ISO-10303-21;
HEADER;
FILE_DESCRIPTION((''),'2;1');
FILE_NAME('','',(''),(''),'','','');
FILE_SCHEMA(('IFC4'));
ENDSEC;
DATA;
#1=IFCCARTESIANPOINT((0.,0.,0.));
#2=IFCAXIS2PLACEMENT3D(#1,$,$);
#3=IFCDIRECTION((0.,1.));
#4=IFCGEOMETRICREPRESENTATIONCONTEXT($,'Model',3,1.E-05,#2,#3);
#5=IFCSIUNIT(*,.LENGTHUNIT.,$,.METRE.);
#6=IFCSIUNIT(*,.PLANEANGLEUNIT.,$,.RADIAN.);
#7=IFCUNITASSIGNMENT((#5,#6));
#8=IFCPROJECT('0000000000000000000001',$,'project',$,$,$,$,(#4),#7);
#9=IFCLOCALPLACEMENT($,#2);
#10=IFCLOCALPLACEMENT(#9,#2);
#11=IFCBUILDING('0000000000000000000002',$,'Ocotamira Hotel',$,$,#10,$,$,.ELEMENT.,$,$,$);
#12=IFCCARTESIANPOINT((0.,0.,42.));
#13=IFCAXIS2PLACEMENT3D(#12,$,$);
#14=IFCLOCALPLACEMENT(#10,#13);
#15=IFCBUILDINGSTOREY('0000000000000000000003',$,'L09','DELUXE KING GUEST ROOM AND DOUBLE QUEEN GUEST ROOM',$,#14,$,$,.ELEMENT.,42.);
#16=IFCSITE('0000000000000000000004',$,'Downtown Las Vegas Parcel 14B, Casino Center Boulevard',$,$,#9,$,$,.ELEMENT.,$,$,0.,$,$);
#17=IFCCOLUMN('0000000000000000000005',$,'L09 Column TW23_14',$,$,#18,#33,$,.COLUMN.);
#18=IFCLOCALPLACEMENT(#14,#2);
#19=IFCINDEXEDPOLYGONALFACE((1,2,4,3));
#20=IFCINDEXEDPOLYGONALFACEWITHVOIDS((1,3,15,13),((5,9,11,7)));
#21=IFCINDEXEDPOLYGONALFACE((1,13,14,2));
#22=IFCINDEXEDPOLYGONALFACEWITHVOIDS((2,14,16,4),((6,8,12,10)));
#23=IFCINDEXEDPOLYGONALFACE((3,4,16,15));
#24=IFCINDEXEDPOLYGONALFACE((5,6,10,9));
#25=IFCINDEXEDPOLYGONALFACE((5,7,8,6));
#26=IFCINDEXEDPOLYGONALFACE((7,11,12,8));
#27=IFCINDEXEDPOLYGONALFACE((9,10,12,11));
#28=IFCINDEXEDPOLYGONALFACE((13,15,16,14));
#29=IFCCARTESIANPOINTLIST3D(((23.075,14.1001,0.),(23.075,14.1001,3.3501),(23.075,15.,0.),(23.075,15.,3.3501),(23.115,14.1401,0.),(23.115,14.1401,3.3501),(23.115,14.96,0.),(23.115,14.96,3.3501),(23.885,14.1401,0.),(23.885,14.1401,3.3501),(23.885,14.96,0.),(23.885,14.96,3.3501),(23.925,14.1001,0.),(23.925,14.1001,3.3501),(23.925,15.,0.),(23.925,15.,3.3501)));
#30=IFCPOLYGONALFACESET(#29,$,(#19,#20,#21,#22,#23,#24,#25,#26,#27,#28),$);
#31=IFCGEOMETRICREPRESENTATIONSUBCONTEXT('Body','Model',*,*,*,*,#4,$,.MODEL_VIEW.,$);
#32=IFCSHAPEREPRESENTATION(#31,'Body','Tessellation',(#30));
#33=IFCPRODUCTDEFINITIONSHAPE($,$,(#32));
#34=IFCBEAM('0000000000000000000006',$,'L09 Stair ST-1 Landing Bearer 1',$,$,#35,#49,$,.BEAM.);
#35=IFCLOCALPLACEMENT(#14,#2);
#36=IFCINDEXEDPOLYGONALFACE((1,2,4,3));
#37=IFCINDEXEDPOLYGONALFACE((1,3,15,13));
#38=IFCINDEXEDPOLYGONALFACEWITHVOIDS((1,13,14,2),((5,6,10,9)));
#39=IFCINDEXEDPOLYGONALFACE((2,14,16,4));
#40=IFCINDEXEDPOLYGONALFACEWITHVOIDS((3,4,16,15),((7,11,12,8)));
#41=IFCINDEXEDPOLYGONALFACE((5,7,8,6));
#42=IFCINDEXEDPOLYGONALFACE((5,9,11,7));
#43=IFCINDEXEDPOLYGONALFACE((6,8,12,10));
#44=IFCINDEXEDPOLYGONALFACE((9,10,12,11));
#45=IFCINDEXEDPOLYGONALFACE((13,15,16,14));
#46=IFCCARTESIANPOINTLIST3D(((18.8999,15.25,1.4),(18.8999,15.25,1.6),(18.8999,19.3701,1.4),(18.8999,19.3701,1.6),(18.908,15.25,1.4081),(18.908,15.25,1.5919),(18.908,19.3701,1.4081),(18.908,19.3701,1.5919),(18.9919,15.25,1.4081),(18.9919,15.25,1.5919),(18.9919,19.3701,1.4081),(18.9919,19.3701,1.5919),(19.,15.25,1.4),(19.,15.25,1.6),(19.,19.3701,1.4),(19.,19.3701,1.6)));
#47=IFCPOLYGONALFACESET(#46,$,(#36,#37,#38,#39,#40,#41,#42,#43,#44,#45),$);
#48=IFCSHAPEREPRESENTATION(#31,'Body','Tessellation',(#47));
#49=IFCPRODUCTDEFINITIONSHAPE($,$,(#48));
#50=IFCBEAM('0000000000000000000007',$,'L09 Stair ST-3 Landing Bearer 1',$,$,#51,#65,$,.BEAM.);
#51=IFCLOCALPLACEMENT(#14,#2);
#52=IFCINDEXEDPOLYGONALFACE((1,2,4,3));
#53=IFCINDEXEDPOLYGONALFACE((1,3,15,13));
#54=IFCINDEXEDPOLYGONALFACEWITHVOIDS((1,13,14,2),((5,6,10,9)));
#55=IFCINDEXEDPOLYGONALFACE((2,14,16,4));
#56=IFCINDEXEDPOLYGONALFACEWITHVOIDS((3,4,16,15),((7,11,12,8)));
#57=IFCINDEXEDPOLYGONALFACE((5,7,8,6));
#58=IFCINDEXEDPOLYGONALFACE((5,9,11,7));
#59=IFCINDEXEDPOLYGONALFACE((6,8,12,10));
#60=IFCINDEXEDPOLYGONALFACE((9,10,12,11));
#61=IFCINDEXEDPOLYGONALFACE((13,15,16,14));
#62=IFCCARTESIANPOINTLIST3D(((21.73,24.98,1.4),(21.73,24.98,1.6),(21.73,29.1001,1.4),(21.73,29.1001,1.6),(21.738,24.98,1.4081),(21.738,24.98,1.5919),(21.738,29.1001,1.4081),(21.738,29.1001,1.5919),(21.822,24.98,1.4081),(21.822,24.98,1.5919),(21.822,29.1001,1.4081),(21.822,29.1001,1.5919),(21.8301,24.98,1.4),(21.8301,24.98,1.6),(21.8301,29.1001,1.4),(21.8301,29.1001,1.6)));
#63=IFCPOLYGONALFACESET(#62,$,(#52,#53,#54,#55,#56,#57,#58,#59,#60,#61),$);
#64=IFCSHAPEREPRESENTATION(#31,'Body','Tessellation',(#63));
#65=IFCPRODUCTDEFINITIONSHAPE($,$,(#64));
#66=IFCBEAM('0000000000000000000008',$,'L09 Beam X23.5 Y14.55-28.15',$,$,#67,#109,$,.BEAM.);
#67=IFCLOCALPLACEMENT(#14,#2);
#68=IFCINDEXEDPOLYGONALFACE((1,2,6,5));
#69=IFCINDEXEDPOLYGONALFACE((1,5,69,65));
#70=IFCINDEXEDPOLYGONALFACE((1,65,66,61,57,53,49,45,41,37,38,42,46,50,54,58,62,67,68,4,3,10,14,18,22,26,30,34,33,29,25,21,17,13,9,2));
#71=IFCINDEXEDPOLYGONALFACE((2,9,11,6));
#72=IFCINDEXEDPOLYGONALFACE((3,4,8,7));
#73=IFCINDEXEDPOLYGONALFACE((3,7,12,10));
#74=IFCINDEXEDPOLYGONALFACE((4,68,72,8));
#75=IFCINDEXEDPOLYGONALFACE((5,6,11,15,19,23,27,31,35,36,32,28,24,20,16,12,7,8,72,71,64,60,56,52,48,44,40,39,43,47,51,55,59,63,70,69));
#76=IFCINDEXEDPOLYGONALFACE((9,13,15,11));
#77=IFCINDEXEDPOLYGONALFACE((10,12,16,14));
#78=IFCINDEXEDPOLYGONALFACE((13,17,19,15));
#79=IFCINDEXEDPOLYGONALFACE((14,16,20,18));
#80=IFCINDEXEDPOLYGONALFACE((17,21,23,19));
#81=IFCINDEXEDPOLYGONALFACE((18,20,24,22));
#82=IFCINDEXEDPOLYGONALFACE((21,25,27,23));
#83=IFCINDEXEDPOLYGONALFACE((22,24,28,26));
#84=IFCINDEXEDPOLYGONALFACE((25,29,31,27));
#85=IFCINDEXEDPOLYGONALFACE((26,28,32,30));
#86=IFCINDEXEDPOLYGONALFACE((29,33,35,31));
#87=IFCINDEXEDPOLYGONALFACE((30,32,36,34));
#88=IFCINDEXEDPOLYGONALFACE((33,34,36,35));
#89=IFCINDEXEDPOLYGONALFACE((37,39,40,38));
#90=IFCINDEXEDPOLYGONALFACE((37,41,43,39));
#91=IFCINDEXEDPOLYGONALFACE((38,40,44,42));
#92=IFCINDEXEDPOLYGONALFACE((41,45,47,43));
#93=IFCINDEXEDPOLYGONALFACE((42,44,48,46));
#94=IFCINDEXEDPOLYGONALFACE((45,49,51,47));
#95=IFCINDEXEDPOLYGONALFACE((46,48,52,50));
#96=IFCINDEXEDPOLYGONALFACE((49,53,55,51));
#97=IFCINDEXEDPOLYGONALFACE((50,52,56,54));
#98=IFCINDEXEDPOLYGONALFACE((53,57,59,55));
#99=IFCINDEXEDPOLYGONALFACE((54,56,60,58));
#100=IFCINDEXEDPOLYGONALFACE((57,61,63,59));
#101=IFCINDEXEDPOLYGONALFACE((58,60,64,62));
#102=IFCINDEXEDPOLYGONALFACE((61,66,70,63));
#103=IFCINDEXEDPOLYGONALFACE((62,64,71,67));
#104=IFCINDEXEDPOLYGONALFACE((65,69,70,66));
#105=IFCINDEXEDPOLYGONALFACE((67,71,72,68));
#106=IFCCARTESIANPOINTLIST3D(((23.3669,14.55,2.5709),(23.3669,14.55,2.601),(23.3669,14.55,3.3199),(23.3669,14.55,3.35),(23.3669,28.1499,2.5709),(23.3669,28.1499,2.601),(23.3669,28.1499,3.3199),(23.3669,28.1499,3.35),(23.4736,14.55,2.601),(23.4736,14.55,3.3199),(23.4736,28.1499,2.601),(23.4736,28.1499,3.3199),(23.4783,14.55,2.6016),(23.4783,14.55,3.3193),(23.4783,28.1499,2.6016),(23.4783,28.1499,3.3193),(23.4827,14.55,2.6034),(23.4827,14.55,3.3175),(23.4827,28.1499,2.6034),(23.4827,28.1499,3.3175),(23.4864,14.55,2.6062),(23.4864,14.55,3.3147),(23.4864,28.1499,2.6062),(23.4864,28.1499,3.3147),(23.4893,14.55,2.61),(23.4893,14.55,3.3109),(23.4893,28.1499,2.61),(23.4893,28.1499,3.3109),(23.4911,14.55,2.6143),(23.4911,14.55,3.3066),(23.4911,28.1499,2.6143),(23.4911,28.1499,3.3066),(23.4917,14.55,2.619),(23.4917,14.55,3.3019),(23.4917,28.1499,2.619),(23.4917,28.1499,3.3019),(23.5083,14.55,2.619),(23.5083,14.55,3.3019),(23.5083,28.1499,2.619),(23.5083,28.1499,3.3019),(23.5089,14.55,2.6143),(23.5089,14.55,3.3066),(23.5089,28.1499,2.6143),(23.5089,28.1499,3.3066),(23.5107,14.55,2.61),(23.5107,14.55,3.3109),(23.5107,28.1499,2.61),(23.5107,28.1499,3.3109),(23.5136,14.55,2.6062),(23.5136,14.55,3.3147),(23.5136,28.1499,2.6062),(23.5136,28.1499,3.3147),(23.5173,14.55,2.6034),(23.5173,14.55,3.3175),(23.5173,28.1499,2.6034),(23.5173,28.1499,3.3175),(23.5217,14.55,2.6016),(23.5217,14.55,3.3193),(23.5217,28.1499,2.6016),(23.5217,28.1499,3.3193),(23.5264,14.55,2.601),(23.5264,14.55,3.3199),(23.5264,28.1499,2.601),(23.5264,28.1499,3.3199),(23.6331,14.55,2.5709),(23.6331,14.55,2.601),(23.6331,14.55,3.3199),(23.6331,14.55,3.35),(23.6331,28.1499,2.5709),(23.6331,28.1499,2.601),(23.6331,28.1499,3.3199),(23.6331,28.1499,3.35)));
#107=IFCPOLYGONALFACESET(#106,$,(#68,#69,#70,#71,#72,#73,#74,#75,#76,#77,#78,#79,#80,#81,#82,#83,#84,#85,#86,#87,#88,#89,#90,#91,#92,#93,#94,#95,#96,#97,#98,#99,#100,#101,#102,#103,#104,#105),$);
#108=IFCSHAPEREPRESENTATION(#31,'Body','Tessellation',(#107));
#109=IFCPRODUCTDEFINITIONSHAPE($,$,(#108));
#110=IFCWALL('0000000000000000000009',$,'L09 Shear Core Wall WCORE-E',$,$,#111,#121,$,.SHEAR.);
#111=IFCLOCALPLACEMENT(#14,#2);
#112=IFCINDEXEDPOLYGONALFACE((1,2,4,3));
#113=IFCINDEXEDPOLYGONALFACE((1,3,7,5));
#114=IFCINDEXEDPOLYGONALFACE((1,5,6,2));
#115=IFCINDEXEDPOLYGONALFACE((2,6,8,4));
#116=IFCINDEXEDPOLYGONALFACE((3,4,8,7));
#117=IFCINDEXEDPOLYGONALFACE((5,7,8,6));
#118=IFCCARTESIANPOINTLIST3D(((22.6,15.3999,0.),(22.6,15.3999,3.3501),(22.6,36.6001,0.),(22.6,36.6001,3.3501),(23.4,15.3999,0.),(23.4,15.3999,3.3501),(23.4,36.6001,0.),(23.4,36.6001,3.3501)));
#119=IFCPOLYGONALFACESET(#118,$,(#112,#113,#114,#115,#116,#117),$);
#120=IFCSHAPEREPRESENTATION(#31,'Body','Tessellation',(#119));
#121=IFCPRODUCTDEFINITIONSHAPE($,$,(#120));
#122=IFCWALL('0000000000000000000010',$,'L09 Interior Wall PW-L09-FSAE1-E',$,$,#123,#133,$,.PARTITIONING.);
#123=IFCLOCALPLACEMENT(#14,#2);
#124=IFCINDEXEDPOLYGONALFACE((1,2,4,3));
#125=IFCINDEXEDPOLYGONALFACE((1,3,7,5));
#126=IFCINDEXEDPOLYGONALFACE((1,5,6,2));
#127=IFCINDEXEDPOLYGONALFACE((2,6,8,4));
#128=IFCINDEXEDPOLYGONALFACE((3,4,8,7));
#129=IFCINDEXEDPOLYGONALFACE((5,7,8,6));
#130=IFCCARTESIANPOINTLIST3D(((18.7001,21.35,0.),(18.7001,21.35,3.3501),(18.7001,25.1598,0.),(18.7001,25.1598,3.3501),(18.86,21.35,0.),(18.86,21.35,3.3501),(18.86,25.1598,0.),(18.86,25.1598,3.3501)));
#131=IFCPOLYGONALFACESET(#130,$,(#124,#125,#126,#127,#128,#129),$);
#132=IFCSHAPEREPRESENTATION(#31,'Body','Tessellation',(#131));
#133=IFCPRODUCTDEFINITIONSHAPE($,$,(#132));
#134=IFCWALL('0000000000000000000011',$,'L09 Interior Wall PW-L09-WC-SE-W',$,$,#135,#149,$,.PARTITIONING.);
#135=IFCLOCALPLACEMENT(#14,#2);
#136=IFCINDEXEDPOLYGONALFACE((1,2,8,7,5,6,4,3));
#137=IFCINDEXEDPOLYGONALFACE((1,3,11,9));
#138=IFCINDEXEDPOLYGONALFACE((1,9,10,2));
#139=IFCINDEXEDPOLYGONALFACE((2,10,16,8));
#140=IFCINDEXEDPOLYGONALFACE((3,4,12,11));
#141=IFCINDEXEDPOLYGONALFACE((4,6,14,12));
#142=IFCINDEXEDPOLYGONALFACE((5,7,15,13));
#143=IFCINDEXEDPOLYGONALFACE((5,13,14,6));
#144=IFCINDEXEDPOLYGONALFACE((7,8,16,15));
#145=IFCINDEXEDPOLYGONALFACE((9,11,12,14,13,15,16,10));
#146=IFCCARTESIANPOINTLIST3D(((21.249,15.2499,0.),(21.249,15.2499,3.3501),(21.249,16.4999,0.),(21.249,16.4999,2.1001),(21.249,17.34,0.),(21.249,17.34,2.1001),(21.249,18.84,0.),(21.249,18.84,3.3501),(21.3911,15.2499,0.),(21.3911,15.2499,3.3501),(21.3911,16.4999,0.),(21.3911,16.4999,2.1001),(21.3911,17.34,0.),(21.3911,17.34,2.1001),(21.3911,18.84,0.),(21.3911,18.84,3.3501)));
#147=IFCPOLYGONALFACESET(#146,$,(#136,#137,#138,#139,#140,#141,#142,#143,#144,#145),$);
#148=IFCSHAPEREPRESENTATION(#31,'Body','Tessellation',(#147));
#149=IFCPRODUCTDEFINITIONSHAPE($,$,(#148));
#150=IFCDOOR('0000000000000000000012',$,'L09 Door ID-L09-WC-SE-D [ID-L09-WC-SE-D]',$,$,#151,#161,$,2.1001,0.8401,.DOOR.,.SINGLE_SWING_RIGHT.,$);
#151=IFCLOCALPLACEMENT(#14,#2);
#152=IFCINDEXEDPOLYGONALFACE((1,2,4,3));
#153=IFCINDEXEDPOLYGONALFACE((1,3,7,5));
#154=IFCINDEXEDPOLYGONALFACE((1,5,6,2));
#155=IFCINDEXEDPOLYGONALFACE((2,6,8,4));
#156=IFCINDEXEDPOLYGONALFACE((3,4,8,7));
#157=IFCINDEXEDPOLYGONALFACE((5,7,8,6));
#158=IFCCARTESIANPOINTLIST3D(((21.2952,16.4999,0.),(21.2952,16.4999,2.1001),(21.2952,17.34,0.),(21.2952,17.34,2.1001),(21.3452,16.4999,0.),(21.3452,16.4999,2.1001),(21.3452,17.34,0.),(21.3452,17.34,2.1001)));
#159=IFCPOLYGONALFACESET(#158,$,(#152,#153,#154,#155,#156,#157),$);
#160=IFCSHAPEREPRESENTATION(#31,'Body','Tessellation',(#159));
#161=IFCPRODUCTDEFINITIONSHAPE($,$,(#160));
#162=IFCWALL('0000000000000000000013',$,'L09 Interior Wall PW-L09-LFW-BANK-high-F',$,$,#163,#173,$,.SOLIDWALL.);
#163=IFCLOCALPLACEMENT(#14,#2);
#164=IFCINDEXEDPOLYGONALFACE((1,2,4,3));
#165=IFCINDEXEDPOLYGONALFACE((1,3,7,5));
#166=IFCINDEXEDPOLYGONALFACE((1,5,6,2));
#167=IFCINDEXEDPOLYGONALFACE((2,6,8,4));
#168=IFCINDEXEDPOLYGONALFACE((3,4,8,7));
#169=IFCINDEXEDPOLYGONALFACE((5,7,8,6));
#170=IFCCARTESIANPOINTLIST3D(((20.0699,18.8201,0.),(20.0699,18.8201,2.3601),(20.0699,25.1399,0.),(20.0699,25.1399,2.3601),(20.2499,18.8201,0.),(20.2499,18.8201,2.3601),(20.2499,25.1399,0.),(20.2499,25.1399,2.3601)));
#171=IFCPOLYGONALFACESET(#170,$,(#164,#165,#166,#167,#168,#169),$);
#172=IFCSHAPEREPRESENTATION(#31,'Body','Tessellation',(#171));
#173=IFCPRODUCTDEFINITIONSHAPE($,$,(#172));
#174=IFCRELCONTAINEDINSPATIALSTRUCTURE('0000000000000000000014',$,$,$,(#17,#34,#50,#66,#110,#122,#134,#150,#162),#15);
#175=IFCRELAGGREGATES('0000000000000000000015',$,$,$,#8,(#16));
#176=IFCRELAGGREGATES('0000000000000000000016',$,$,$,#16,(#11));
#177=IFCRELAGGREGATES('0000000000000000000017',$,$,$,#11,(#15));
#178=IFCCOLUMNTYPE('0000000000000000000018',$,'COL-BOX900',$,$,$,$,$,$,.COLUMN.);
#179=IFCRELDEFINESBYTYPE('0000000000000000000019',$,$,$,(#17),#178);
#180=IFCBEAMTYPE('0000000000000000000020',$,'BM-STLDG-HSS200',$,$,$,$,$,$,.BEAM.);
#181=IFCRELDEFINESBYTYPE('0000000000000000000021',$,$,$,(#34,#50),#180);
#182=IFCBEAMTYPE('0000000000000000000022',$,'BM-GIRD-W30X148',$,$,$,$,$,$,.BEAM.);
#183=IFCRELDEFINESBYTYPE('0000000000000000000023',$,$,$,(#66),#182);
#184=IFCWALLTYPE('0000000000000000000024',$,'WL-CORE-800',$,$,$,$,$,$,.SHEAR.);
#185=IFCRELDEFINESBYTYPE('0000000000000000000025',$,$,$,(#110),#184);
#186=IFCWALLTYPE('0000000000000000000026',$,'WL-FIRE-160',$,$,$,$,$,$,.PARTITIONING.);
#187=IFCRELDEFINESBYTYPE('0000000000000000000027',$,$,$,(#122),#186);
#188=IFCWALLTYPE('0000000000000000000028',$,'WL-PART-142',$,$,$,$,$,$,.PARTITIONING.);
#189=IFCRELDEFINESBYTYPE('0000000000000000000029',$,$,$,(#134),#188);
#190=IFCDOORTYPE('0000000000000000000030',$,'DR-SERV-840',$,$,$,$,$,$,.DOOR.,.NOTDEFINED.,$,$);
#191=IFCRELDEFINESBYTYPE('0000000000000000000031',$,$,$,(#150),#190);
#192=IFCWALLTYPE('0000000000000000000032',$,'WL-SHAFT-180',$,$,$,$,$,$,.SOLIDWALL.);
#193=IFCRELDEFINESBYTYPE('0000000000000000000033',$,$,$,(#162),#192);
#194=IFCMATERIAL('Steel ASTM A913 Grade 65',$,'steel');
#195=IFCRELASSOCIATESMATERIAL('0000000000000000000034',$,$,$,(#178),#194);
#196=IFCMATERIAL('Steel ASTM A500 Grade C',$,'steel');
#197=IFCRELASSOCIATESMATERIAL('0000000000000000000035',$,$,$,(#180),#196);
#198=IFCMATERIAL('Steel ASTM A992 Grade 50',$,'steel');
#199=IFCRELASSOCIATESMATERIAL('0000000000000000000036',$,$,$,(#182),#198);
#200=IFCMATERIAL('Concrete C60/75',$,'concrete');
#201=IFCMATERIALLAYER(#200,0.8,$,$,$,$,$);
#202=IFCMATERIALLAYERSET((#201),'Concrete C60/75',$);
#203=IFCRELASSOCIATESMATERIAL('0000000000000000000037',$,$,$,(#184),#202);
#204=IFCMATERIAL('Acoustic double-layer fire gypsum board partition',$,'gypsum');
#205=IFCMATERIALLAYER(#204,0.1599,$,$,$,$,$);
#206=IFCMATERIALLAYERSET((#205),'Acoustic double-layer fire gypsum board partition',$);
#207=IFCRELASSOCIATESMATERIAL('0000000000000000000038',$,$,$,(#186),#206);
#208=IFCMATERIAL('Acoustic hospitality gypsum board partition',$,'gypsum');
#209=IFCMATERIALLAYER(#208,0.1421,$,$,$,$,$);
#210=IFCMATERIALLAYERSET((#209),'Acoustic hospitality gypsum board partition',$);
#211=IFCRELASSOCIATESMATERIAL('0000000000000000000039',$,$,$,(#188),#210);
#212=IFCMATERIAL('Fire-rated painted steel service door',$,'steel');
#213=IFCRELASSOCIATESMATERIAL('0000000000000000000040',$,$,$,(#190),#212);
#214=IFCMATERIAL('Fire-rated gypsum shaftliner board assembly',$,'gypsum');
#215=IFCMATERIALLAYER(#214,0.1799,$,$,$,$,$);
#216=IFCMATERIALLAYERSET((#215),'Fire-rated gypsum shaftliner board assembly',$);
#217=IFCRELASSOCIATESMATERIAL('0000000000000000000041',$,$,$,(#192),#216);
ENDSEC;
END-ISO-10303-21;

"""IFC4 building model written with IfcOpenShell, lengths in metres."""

from ifc_helpers import new_model, si_unit, direction, frame, frame_2d, origin, origin_2d, place, context, subcontext, project, spatial, rectangle, hollow_rectangle, i_section, extrude, source, transform, mapped, material, layer, layer_set, material_profile, profile_set, type_object, element, fill, save


model = new_model("IFC4")

# Units and contexts
model_context = context("Model", 3, precision=1e-05, world=origin(), true_north=direction((0.0, 1.0)))
body_context = subcontext(model_context, "Body", "Model", "MODEL_VIEW")
ifc_project = project(units=[si_unit("LENGTHUNIT", "METRE"), si_unit("PLANEANGLEUNIT", "RADIAN")], contexts=[model_context])

# Site, building, storey
site_placement = place(None, origin())
site = spatial("IfcSite", under=ifc_project, at=site_placement, Name="Downtown Las Vegas Parcel 14B, Casino Center Boulevard", CompositionType="ELEMENT", RefElevation=0.0)
building_placement = place(site_placement, origin())
building = spatial("IfcBuilding", under=site, at=building_placement, Name="Ocotamira Hotel", CompositionType="ELEMENT")
storey_placement = place(building_placement, frame((0.0, 0.0, 42.0)))
storey = spatial("IfcBuildingStorey", under=building, at=storey_placement, Name="L09", Description="DELUXE KING GUEST ROOM AND DOUBLE QUEEN GUEST ROOM", CompositionType="ELEMENT", Elevation=42.0)

# Column
ifc_material_1 = material(Name="Steel ASTM A913 Grade 65", Category="steel")
ifc_material_profile_1 = material_profile(ifc_material_1, hollow_rectangle(XDim=0.8501, YDim=0.8999, WallThickness=0.04, at=origin_2d()), Name="BOX900X850X40")
ifc_profile_set_1 = profile_set([ifc_material_profile_1], Name="Steel ASTM A913 Grade 65")
column_type = type_object("IfcColumnType", Name="COL-BOX900", PredefinedType="COLUMN", material=ifc_profile_set_1)
shared_shape_1 = source(origin(), body_context, "Body", "SweptSolid", [
    extrude(hollow_rectangle(XDim=0.8501, YDim=0.8999, WallThickness=0.04, at=origin_2d()), origin(), (0.0, 0.0, 1.0), 3.3501),
])
column_placement = place(storey_placement, frame((23.5, 14.55, 0.0), z_axis=(0.0, 0.0, 1.0), x_axis=(1.0, 0.0, 0.0)))
element("IfcColumn", 1, at=column_placement, inside=storey, type_object=column_type, Name="L09 Column TW23_14", PredefinedType="COLUMN", context=body_context, shape_type="MappedRepresentation", body=[
    mapped(shared_shape_1, transform((0.0, 0.0, 0.0), scale=1.0)),
])

# Beams
ifc_material_2 = material(Name="Steel ASTM A500 Grade C", Category="steel")
ifc_material_profile_2 = material_profile(ifc_material_2, hollow_rectangle(XDim=0.1001, YDim=0.2, WallThickness=0.0081, at=origin_2d()), Name="HSS200X100X8")
ifc_profile_set_2 = profile_set([ifc_material_profile_2], Name="Steel ASTM A500 Grade C")
beam_type_1 = type_object("IfcBeamType", Name="BM-STLDG-HSS200", PredefinedType="BEAM", material=ifc_profile_set_2)
shared_shape_2 = source(origin(), body_context, "Body", "SweptSolid", [
    extrude(hollow_rectangle(XDim=0.1001, YDim=0.2, WallThickness=0.0081, at=origin_2d()), origin(), (0.0, 0.0, 1.0), 4.1201),
])
for number, where, z_axis, x_axis, name in (
    (2, (18.95, 15.25, 1.5), (0.0, 1.0, 0.0), (-1.0, 0.0, 0.0), "L09 Stair ST-1 Landing Bearer 1"),
    (3, (21.78, 24.98, 1.5), (0.0, 1.0, 0.0), (-1.0, 0.0, 0.0), "L09 Stair ST-3 Landing Bearer 1"),
):
    element("IfcBeam", number, at=place(storey_placement, frame(where, z_axis=z_axis, x_axis=x_axis)), inside=storey, type_object=beam_type_1, Name=name, PredefinedType="BEAM", context=body_context, shape_type="MappedRepresentation", body=[
        mapped(shared_shape_2, transform((0.0, 0.0, 0.0), scale=1.0)),
    ])
ifc_material_3 = material(Name="Steel ASTM A992 Grade 50", Category="steel")
ifc_material_profile_3 = material_profile(ifc_material_3, i_section(OverallWidth=0.2661, OverallDepth=0.7791, WebThickness=0.0166, FlangeThickness=0.03, FilletRadius=0.0181, at=origin_2d()), Name="W30X148")
ifc_profile_set_3 = profile_set([ifc_material_profile_3], Name="Steel ASTM A992 Grade 50")
beam_type_2 = type_object("IfcBeamType", Name="BM-GIRD-W30X148", PredefinedType="BEAM", material=ifc_profile_set_3)
shared_shape_3 = source(origin(), body_context, "Body", "SweptSolid", [
    extrude(i_section(OverallWidth=0.2661, OverallDepth=0.7791, WebThickness=0.0166, FlangeThickness=0.03, FilletRadius=0.0181, at=origin_2d()), origin(), (0.0, 0.0, 1.0), 13.5999),
])
beam_placement = place(storey_placement, frame((23.5, 14.55, 2.9604), z_axis=(0.0, 1.0, 0.0), x_axis=(-1.0, 0.0, 0.0)))
element("IfcBeam", 4, at=beam_placement, inside=storey, type_object=beam_type_2, Name="L09 Beam X23.5 Y14.55-28.15", PredefinedType="BEAM", context=body_context, shape_type="MappedRepresentation", body=[
    mapped(shared_shape_3, transform((0.0, 0.0, 0.0), scale=1.0)),
])

# Wall
ifc_material_4 = material(Name="Concrete C60/75", Category="concrete")
ifc_layer_1 = layer(ifc_material_4, 0.8)
ifc_layer_set_1 = layer_set([ifc_layer_1], Name="Concrete C60/75")
wall_type_1 = type_object("IfcWallType", Name="WL-CORE-800", PredefinedType="SHEAR", material=ifc_layer_set_1)
wall_1_placement = place(storey_placement, frame((23.0, 15.3999, 0.0), z_axis=(0.0, 0.0, 1.0), x_axis=(0.0, 1.0, 0.0)))
element("IfcWall", 5, at=wall_1_placement, inside=storey, type_object=wall_type_1, Name="L09 Shear Core Wall WCORE-E", PredefinedType="SHEAR", context=body_context, shape_type="SweptSolid", body=[
    extrude(rectangle(XDim=21.2002, YDim=0.8, at=frame_2d((10.6001, 0.0))), origin(), (0.0, 0.0, 1.0), 3.3501),
])

# Shared definitions
ifc_material_5 = material(Name="Acoustic double-layer fire gypsum board partition", Category="gypsum")
ifc_layer_2 = layer(ifc_material_5, 0.1599)
ifc_layer_set_2 = layer_set([ifc_layer_2], Name="Acoustic double-layer fire gypsum board partition")
wall_type_2 = type_object("IfcWallType", Name="WL-FIRE-160", PredefinedType="PARTITIONING", material=ifc_layer_set_2)

# Wall
wall_2_placement = place(storey_placement, frame((18.78, 21.3501, 0.0), z_axis=(0.0, 0.0, 1.0), x_axis=(0.0, 1.0, 0.0)))
element("IfcWall", 6, at=wall_2_placement, inside=storey, type_object=wall_type_2, Name="L09 Interior Wall PW-L09-FSAE1-E", PredefinedType="PARTITIONING", context=body_context, shape_type="SweptSolid", body=[
    extrude(rectangle(XDim=3.8098, YDim=0.1599, at=frame_2d((1.9048, 0.0))), origin(), (0.0, 0.0, 1.0), 3.3501),
])

# Wall, opening, door
ifc_material_6 = material(Name="Acoustic hospitality gypsum board partition", Category="gypsum")
ifc_layer_3 = layer(ifc_material_6, 0.1421)
ifc_layer_set_3 = layer_set([ifc_layer_3], Name="Acoustic hospitality gypsum board partition")
wall_type_3 = type_object("IfcWallType", Name="WL-PART-142", PredefinedType="PARTITIONING", material=ifc_layer_set_3)
wall_3_placement = place(storey_placement, frame((21.3201, 15.25, 0.0), z_axis=(0.0, 0.0, 1.0), x_axis=(0.0, 1.0, 0.0)))
wall_3 = element("IfcWall", 7, at=wall_3_placement, inside=storey, type_object=wall_type_3, Name="L09 Interior Wall PW-L09-WC-SE-W", PredefinedType="PARTITIONING", context=body_context, shape_type="SweptSolid", body=[
    extrude(rectangle(XDim=3.5901, YDim=0.1421, at=frame_2d((1.7949, 0.0))), origin(), (0.0, 0.0, 1.0), 3.3501),
])
opening_1_placement = place(wall_3_placement, frame((1.25, 0.0, 0.0)))
opening_1 = element("IfcOpeningElement", 8, at=opening_1_placement, cuts=wall_3, PredefinedType="OPENING", context=body_context, shape_type="SweptSolid", body=[
    extrude(rectangle(XDim=0.8401, YDim=2.1001, at=frame_2d((0.4199, 1.05))), frame((0.0, 0.0811, 0.0), z_axis=(0.0, -1.0, 0.0), x_axis=(1.0, 0.0, 0.0)), (0.0, 0.0, 1.0), 0.1621),
])
ifc_material_7 = material(Name="Fire-rated painted steel service door", Category="steel")
door_type_1 = type_object("IfcDoorType", Name="DR-SERV-840", OperationType="NOTDEFINED", PredefinedType="DOOR", material=ifc_material_7)
shared_shape_4 = source(origin(), body_context, "Body", "SweptSolid", [
    extrude(rectangle(XDim=0.8401, YDim=2.1001, at=frame_2d((0.4199, 1.05))), frame((0.0, 0.0249, 0.0), z_axis=(0.0, -1.0, 0.0), x_axis=(1.0, 0.0, 0.0)), (0.0, 0.0, 1.0), 0.05),
])
door_1_placement = place(opening_1_placement, origin())
door_1 = element("IfcDoor", 9, at=door_1_placement, inside=storey, type_object=door_type_1, Name="L09 Door ID-L09-WC-SE-D [ID-L09-WC-SE-D]", OperationType="SINGLE_SWING_RIGHT", OverallHeight=2.1001, OverallWidth=0.8401, PredefinedType="DOOR", context=body_context, shape_type="MappedRepresentation", body=[
    mapped(shared_shape_4, transform((0.0, 0.0, 0.0), scale=1.0)),
])
fill(opening_1, door_1)

# Wall
ifc_material_8 = material(Name="Fire-rated gypsum shaftliner board assembly", Category="gypsum")
ifc_layer_4 = layer(ifc_material_8, 0.1799)
ifc_layer_set_4 = layer_set([ifc_layer_4], Name="Fire-rated gypsum shaftliner board assembly")
wall_type_4 = type_object("IfcWallType", Name="WL-SHAFT-180", PredefinedType="SOLIDWALL", material=ifc_layer_set_4)
wall_4_placement = place(storey_placement, frame((20.1599, 18.8201, 0.0), z_axis=(0.0, 0.0, 1.0), x_axis=(0.0, 1.0, 0.0)))
element("IfcWall", 10, at=wall_4_placement, inside=storey, type_object=wall_type_4, Name="L09 Interior Wall PW-L09-LFW-BANK-high-F", PredefinedType="SOLIDWALL", context=body_context, shape_type="SweptSolid", body=[
    extrude(rectangle(XDim=6.3198, YDim=0.1799, at=frame_2d((3.1599, 0.0))), origin(), (0.0, 0.0, 1.0), 2.3601),
])

save(model, "model.ifc")
